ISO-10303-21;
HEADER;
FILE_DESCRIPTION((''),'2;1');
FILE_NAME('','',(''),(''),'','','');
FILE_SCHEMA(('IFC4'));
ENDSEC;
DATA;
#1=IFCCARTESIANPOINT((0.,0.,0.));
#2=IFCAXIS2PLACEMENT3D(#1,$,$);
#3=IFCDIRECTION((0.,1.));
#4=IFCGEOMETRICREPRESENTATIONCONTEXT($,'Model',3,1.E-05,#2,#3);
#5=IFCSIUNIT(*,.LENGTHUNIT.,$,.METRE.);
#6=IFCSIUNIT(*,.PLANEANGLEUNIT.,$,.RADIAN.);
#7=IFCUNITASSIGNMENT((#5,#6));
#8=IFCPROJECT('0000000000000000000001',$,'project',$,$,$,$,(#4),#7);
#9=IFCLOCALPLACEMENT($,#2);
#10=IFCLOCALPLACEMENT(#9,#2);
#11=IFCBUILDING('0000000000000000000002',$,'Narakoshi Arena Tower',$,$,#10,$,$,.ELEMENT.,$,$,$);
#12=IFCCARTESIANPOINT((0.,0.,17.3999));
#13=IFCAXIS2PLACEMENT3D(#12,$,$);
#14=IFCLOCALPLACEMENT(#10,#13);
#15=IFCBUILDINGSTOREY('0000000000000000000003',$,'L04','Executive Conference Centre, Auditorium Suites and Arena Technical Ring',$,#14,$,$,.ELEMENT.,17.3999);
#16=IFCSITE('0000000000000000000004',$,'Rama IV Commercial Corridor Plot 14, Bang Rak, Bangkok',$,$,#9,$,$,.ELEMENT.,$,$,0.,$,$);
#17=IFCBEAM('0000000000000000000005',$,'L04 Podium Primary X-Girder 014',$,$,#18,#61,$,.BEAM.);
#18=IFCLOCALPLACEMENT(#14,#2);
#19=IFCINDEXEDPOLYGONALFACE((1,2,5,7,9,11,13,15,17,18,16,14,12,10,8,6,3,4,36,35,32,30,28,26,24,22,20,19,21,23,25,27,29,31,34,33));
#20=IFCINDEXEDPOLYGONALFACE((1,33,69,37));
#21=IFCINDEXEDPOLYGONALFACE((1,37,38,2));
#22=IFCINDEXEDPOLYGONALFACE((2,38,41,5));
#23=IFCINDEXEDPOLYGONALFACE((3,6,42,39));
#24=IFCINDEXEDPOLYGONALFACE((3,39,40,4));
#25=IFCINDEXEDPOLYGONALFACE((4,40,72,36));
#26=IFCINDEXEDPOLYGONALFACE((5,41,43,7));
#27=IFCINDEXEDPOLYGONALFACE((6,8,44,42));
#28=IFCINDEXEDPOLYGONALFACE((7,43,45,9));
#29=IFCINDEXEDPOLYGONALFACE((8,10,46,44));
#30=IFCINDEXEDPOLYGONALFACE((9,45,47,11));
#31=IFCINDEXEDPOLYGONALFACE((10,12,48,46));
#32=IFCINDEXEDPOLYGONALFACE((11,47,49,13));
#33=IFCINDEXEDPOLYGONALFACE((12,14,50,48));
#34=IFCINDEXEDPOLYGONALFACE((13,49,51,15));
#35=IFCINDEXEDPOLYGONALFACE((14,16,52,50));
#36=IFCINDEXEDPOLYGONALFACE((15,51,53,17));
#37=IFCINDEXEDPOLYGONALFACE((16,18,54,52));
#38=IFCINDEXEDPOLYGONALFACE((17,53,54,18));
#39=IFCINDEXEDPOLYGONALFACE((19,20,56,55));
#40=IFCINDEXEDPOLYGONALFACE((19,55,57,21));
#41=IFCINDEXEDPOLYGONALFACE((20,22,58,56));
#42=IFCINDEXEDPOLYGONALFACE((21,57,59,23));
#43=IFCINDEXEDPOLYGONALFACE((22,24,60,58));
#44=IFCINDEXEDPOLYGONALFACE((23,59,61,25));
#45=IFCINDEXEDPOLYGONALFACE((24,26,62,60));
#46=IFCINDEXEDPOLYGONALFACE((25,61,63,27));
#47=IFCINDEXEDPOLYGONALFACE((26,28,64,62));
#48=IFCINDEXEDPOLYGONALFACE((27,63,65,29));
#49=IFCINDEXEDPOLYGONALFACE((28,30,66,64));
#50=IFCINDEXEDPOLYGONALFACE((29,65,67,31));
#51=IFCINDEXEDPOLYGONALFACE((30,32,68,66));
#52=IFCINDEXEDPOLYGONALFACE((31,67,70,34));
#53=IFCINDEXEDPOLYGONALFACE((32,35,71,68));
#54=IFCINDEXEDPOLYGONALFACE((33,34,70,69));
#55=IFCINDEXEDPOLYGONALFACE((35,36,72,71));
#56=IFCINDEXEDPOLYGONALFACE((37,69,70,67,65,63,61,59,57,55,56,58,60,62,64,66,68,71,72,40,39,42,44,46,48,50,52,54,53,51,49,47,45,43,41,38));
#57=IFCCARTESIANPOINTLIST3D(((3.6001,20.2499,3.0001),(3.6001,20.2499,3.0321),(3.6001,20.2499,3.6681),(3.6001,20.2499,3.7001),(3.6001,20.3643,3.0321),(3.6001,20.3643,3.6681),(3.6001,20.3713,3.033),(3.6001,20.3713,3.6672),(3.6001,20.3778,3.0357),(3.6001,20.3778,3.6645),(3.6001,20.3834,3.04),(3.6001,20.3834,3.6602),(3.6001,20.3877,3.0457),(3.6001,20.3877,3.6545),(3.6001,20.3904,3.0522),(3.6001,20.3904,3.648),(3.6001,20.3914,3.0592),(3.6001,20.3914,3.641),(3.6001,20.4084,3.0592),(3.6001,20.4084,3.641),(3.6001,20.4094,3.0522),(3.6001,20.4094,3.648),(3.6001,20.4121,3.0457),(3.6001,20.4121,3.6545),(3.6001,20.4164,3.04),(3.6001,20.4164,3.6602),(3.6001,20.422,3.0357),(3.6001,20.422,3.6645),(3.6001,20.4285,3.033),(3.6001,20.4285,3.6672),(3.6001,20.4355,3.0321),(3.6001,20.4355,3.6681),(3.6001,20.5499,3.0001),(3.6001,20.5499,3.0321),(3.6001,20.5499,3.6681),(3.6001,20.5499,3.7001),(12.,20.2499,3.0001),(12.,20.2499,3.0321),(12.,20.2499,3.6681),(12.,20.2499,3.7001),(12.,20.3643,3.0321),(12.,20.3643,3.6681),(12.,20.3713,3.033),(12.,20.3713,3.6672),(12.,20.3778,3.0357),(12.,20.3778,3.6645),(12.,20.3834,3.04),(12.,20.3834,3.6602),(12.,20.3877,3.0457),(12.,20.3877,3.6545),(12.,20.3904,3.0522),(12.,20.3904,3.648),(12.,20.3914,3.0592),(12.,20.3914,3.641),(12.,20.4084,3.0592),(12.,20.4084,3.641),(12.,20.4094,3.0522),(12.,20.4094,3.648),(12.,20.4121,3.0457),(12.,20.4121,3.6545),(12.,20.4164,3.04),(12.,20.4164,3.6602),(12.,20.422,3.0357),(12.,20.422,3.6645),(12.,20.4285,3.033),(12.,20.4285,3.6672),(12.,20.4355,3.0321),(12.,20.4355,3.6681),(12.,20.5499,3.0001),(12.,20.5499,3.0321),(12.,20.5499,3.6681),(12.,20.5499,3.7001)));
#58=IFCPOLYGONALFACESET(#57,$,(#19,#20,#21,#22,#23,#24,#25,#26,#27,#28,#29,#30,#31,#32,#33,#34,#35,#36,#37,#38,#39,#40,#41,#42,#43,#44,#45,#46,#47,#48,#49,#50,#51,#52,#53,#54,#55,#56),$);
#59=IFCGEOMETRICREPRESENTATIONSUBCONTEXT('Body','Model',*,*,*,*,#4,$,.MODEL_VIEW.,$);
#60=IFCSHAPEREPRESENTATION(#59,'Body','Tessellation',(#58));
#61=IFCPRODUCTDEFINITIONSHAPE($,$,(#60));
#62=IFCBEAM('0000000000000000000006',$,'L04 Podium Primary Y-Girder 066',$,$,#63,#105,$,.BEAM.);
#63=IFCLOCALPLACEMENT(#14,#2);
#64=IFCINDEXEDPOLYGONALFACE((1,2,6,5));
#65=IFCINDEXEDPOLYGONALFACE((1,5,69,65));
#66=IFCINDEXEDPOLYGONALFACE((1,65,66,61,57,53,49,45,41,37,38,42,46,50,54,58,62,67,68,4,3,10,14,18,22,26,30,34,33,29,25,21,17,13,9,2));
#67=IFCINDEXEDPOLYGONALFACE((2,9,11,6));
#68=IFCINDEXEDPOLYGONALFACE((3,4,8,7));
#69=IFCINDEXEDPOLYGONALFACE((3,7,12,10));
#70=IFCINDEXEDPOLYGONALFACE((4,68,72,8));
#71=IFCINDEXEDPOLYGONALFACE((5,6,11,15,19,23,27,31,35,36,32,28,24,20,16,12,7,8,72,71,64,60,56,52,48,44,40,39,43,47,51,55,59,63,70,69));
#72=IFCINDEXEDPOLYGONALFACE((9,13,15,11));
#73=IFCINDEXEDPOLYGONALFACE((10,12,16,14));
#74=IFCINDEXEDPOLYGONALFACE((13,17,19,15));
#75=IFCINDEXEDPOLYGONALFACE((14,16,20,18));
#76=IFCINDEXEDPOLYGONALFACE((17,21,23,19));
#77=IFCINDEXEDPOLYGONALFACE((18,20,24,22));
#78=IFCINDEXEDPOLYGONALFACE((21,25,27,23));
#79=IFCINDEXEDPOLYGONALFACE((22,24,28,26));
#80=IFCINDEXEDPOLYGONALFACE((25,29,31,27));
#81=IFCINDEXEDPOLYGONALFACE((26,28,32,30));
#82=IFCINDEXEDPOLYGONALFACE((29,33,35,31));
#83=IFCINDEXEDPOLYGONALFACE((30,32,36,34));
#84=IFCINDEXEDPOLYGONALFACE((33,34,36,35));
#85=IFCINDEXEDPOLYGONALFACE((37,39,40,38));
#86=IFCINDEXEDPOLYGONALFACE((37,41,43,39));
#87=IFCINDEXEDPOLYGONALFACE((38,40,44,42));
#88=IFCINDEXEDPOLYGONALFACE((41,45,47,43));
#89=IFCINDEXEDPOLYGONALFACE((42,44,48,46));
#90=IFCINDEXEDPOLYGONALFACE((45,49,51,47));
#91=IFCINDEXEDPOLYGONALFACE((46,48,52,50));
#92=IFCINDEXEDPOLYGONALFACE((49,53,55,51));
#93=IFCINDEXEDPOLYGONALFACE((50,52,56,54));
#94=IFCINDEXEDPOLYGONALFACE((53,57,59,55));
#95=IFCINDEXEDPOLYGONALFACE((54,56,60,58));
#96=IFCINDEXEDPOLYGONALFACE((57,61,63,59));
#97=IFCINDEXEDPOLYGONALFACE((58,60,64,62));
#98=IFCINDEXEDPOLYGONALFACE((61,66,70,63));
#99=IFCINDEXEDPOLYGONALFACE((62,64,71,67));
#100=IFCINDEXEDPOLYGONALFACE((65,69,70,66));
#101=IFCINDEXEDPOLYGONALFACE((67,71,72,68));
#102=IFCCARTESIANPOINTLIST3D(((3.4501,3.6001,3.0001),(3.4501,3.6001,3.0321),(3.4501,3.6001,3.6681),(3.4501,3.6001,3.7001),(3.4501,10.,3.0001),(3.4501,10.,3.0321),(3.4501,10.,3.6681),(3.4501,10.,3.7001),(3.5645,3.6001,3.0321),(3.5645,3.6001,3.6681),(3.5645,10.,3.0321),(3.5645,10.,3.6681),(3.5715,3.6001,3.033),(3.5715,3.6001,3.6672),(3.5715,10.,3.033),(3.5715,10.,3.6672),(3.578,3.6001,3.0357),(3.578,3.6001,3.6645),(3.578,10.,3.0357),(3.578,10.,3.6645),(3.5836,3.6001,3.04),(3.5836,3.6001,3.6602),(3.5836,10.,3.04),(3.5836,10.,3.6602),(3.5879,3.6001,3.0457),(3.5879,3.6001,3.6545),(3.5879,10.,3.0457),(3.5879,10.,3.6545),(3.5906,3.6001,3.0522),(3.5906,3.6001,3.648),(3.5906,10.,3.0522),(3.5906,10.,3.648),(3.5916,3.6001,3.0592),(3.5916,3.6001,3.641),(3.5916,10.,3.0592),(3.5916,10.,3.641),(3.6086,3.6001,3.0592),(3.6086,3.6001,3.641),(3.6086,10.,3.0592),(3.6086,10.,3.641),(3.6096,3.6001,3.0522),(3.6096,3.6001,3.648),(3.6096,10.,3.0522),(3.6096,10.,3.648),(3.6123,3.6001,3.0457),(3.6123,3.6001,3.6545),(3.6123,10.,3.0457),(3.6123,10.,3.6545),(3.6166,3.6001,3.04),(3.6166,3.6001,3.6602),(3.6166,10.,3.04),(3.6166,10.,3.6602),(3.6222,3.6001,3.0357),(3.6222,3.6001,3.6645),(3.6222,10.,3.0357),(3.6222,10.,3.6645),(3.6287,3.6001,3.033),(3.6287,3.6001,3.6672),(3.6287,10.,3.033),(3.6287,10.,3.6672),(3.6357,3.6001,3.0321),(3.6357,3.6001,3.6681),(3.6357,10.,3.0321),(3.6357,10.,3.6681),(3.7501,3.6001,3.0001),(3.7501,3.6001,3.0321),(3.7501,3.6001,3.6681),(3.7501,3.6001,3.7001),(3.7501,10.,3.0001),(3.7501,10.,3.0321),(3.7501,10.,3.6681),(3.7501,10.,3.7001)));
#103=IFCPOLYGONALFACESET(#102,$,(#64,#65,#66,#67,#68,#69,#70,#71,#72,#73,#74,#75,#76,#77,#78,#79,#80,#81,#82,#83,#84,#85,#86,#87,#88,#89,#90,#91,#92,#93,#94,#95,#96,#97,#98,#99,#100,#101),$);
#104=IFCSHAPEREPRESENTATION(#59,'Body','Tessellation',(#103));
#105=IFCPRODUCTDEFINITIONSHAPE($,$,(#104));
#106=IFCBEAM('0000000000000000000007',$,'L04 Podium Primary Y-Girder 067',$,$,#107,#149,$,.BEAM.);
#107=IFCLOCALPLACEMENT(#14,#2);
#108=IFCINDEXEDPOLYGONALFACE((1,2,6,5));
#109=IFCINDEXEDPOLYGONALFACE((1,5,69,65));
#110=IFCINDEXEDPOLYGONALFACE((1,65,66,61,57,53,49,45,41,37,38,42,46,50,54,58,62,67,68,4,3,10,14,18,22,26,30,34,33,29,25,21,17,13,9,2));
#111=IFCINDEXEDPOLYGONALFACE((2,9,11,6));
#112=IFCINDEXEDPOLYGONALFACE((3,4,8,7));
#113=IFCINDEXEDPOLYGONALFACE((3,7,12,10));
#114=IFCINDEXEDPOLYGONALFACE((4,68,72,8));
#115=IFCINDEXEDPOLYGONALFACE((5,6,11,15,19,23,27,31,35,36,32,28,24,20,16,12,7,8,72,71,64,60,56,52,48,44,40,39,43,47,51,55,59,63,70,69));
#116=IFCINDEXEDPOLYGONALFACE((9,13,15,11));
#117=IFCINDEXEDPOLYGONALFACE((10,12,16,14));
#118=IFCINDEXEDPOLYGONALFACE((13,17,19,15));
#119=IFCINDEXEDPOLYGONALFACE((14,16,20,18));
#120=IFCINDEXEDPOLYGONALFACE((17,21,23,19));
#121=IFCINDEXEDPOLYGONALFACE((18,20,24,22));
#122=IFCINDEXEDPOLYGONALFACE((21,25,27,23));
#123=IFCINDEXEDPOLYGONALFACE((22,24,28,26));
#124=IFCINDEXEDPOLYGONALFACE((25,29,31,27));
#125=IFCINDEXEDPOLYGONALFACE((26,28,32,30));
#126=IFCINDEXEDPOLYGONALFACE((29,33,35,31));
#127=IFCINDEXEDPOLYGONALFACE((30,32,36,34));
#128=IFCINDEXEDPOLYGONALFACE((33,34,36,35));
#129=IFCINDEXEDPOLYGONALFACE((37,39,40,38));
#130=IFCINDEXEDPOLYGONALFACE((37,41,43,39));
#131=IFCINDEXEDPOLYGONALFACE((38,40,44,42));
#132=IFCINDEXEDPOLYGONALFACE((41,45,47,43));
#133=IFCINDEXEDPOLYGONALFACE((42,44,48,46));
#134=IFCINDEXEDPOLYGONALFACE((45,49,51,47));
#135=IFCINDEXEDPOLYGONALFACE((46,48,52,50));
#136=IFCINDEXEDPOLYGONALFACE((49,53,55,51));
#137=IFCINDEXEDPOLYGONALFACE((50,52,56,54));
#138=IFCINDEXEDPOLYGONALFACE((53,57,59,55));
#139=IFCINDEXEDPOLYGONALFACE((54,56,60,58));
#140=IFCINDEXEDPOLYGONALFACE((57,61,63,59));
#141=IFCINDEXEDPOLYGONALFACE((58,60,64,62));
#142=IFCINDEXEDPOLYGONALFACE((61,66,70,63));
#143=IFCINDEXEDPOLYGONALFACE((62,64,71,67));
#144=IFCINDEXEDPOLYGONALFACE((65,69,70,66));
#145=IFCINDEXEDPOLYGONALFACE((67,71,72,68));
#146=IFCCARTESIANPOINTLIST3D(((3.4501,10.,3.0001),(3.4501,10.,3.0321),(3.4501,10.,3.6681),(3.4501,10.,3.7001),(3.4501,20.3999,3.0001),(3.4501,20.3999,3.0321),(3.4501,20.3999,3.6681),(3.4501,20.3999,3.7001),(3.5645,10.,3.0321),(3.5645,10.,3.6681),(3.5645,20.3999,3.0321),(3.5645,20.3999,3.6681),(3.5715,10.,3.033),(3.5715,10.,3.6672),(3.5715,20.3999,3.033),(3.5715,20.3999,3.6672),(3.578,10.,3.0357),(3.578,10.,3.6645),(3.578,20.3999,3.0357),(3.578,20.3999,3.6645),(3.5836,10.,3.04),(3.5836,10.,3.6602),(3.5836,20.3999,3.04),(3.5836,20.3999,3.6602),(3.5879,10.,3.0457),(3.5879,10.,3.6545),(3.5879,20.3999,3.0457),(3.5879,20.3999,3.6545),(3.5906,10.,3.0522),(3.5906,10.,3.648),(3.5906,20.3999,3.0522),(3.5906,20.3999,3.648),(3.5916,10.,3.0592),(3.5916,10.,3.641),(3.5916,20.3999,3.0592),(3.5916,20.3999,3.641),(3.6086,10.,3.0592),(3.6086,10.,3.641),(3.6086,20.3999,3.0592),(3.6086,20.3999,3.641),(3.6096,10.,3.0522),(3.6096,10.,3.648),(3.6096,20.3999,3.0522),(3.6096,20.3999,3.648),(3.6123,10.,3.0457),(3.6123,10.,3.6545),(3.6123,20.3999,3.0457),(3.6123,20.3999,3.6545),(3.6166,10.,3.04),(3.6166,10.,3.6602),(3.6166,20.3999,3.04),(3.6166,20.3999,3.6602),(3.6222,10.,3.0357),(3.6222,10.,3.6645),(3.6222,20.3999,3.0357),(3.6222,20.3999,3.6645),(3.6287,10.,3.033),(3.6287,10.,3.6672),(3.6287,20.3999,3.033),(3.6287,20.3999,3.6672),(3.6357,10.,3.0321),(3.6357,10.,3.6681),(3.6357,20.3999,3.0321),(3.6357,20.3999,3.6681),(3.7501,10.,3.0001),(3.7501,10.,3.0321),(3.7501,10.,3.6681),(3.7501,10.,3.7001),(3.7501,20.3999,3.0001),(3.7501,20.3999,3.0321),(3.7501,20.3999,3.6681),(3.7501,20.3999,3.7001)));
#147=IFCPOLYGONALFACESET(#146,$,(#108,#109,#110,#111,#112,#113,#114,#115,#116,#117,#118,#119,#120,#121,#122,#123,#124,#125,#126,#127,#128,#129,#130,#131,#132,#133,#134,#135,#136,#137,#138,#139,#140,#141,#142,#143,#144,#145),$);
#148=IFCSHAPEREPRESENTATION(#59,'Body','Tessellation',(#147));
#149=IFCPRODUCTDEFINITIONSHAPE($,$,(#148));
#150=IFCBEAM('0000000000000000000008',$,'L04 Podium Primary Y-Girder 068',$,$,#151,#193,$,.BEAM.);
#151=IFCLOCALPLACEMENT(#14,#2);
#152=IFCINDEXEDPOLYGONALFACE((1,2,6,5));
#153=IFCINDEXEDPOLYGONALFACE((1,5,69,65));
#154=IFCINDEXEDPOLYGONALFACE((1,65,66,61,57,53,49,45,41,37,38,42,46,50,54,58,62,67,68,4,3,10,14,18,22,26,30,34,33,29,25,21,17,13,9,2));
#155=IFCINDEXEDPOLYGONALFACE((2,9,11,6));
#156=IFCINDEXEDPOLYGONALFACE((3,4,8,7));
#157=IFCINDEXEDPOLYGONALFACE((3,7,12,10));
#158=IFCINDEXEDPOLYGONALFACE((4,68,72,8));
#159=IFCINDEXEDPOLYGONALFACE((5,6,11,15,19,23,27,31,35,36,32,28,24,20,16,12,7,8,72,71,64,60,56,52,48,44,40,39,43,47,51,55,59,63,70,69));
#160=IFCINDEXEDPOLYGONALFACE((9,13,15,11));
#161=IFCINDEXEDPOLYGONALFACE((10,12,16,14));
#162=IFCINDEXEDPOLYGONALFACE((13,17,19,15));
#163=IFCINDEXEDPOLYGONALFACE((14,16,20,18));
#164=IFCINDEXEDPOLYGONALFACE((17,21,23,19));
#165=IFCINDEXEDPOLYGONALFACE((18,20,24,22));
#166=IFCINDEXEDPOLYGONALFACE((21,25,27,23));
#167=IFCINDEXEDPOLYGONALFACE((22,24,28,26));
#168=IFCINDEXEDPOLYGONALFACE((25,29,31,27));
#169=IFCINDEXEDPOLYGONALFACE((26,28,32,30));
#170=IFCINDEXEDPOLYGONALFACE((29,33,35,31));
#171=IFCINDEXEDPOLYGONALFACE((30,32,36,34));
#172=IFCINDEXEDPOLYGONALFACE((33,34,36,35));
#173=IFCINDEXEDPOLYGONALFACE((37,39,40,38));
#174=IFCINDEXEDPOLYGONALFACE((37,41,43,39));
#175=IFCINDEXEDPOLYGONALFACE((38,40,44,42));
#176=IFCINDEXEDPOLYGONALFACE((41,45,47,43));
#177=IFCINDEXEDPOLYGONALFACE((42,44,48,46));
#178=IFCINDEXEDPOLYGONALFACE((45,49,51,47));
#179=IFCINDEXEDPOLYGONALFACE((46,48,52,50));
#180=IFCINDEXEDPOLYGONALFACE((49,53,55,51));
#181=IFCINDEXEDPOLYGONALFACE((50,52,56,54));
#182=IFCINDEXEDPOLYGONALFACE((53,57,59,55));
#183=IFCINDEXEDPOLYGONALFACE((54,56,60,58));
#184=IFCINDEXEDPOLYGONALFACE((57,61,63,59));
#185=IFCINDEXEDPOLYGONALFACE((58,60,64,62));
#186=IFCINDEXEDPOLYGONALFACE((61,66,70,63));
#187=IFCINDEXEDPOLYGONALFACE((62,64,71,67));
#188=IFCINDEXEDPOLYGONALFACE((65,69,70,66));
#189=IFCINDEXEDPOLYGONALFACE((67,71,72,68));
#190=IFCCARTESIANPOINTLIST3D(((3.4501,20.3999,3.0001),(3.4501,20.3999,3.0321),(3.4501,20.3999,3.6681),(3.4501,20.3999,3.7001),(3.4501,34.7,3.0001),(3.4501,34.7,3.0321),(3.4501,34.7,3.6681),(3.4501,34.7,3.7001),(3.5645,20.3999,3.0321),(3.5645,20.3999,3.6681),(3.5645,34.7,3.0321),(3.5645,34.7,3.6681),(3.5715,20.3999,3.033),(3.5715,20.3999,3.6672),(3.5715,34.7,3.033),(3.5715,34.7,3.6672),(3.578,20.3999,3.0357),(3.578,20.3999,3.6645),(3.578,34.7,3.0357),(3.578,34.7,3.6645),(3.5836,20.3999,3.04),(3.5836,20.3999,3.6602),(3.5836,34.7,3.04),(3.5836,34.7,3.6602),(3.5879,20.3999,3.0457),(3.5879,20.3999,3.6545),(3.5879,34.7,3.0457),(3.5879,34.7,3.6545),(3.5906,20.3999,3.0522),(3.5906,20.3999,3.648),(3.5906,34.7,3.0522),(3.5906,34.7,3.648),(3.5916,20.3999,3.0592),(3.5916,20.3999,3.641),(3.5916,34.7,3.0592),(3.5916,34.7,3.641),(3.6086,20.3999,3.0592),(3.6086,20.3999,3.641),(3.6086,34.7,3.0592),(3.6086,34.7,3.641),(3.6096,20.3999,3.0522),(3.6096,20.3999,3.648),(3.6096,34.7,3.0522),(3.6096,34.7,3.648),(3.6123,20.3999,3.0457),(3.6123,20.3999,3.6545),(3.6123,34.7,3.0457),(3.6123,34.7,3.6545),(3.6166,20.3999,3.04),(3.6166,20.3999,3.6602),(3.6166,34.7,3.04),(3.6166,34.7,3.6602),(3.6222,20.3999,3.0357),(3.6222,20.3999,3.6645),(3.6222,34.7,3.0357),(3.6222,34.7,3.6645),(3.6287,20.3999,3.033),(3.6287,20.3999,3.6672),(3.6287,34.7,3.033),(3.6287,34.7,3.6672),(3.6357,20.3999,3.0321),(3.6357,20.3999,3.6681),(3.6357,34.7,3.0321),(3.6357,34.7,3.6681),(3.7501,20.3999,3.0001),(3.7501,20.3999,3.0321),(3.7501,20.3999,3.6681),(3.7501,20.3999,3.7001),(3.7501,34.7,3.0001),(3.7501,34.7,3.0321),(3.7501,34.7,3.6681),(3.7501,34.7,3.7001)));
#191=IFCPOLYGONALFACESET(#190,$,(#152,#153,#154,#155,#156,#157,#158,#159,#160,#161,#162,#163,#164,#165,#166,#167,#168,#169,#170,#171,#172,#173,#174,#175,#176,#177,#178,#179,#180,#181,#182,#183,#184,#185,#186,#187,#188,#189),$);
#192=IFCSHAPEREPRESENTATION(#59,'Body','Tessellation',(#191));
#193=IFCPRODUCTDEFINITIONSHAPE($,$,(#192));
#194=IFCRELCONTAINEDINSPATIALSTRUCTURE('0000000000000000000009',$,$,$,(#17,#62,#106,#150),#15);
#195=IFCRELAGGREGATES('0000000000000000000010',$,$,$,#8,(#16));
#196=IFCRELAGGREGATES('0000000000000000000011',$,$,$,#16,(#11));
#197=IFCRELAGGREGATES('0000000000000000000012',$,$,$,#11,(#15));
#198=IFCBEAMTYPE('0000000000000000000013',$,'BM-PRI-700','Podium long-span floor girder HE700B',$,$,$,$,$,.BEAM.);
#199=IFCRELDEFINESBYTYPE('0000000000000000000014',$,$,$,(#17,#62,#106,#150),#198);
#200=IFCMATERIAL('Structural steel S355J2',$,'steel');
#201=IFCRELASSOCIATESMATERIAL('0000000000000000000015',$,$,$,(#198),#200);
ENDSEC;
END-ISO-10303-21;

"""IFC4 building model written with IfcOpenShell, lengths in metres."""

from ifc_helpers import new_model, si_unit, direction, frame, origin, origin_2d, place, context, subcontext, project, spatial, i_section, extrude, material, material_profile, profile_set, type_object, element, save


model = new_model("IFC4")

# Units and contexts
model_context = context("Model", 3, precision=1e-05, world=origin(), true_north=direction((0.0, 1.0)))
body_context = subcontext(model_context, "Body", "Model", "MODEL_VIEW")
ifc_project = project(units=[si_unit("LENGTHUNIT", "METRE"), si_unit("PLANEANGLEUNIT", "RADIAN")], contexts=[model_context])

# Site, building, storey
site_placement = place(None, origin())
site = spatial("IfcSite", under=ifc_project, at=site_placement, Name="Rama IV Commercial Corridor Plot 14, Bang Rak, Bangkok", CompositionType="ELEMENT", RefElevation=0.0)
building_placement = place(site_placement, origin())
building = spatial("IfcBuilding", under=site, at=building_placement, Name="Narakoshi Arena Tower", CompositionType="ELEMENT")
storey_placement = place(building_placement, frame((0.0, 0.0, 17.3999)))
storey = spatial("IfcBuildingStorey", under=building, at=storey_placement, Name="L04", Description="Executive Conference Centre, Auditorium Suites and Arena Technical Ring", CompositionType="ELEMENT", Elevation=17.3999)

# Shared definitions
ifc_material_1 = material(Name="Structural steel S355J2", Category="steel")

# Beams
ifc_material_profile_1 = material_profile(ifc_material_1, i_section(OverallWidth=0.3, OverallDepth=0.7, WebThickness=0.0171, FlangeThickness=0.032, FilletRadius=0.0271, at=origin_2d()), Name="HE700B")
ifc_profile_set_1 = profile_set([ifc_material_profile_1], Name="Structural steel S355J2")
beam_type_1 = type_object("IfcBeamType", Name="BM-PRI-700", Description="Podium long-span floor girder HE700B", PredefinedType="BEAM", material=ifc_profile_set_1)
beam_1_placement = place(storey_placement, frame((3.6001, 20.3999, 3.3501), z_axis=(1.0, 0.0, 0.0), x_axis=(0.0, 1.0, 0.0)))
element("IfcBeam", 1, at=beam_1_placement, inside=storey, type_object=beam_type_1, Name="L04 Podium Primary X-Girder 014", PredefinedType="BEAM", context=body_context, shape_type="SweptSolid", body=[
    extrude(i_section(OverallWidth=0.3, OverallDepth=0.7, WebThickness=0.0171, FlangeThickness=0.032, FilletRadius=0.0271, at=origin_2d()), origin(), (0.0, 0.0, 1.0), 8.3999),
])
beam_2_placement = place(storey_placement, frame((3.6001, 3.6001, 3.3501), z_axis=(0.0, 1.0, 0.0), x_axis=(-1.0, 0.0, 0.0)))
element("IfcBeam", 2, at=beam_2_placement, inside=storey, type_object=beam_type_1, Name="L04 Podium Primary Y-Girder 066", PredefinedType="BEAM", context=body_context, shape_type="SweptSolid", body=[
    extrude(i_section(OverallWidth=0.3, OverallDepth=0.7, WebThickness=0.0171, FlangeThickness=0.032, FilletRadius=0.0271, at=origin_2d()), origin(), (0.0, 0.0, 1.0), 6.3999),
])
beam_3_placement = place(storey_placement, frame((3.6001, 10.0, 3.3501), z_axis=(0.0, 1.0, 0.0), x_axis=(-1.0, 0.0, 0.0)))
element("IfcBeam", 3, at=beam_3_placement, inside=storey, type_object=beam_type_1, Name="L04 Podium Primary Y-Girder 067", PredefinedType="BEAM", context=body_context, shape_type="SweptSolid", body=[
    extrude(i_section(OverallWidth=0.3, OverallDepth=0.7, WebThickness=0.0171, FlangeThickness=0.032, FilletRadius=0.0271, at=origin_2d()), origin(), (0.0, 0.0, 1.0), 10.3999),
])
beam_4_placement = place(storey_placement, frame((3.6001, 20.3999, 3.3501), z_axis=(0.0, 1.0, 0.0), x_axis=(-1.0, 0.0, 0.0)))
element("IfcBeam", 4, at=beam_4_placement, inside=storey, type_object=beam_type_1, Name="L04 Podium Primary Y-Girder 068", PredefinedType="BEAM", context=body_context, shape_type="SweptSolid", body=[
    extrude(i_section(OverallWidth=0.3, OverallDepth=0.7, WebThickness=0.0171, FlangeThickness=0.032, FilletRadius=0.0271, at=origin_2d()), origin(), (0.0, 0.0, 1.0), 14.3),
])

save(model, "model.ifc")
